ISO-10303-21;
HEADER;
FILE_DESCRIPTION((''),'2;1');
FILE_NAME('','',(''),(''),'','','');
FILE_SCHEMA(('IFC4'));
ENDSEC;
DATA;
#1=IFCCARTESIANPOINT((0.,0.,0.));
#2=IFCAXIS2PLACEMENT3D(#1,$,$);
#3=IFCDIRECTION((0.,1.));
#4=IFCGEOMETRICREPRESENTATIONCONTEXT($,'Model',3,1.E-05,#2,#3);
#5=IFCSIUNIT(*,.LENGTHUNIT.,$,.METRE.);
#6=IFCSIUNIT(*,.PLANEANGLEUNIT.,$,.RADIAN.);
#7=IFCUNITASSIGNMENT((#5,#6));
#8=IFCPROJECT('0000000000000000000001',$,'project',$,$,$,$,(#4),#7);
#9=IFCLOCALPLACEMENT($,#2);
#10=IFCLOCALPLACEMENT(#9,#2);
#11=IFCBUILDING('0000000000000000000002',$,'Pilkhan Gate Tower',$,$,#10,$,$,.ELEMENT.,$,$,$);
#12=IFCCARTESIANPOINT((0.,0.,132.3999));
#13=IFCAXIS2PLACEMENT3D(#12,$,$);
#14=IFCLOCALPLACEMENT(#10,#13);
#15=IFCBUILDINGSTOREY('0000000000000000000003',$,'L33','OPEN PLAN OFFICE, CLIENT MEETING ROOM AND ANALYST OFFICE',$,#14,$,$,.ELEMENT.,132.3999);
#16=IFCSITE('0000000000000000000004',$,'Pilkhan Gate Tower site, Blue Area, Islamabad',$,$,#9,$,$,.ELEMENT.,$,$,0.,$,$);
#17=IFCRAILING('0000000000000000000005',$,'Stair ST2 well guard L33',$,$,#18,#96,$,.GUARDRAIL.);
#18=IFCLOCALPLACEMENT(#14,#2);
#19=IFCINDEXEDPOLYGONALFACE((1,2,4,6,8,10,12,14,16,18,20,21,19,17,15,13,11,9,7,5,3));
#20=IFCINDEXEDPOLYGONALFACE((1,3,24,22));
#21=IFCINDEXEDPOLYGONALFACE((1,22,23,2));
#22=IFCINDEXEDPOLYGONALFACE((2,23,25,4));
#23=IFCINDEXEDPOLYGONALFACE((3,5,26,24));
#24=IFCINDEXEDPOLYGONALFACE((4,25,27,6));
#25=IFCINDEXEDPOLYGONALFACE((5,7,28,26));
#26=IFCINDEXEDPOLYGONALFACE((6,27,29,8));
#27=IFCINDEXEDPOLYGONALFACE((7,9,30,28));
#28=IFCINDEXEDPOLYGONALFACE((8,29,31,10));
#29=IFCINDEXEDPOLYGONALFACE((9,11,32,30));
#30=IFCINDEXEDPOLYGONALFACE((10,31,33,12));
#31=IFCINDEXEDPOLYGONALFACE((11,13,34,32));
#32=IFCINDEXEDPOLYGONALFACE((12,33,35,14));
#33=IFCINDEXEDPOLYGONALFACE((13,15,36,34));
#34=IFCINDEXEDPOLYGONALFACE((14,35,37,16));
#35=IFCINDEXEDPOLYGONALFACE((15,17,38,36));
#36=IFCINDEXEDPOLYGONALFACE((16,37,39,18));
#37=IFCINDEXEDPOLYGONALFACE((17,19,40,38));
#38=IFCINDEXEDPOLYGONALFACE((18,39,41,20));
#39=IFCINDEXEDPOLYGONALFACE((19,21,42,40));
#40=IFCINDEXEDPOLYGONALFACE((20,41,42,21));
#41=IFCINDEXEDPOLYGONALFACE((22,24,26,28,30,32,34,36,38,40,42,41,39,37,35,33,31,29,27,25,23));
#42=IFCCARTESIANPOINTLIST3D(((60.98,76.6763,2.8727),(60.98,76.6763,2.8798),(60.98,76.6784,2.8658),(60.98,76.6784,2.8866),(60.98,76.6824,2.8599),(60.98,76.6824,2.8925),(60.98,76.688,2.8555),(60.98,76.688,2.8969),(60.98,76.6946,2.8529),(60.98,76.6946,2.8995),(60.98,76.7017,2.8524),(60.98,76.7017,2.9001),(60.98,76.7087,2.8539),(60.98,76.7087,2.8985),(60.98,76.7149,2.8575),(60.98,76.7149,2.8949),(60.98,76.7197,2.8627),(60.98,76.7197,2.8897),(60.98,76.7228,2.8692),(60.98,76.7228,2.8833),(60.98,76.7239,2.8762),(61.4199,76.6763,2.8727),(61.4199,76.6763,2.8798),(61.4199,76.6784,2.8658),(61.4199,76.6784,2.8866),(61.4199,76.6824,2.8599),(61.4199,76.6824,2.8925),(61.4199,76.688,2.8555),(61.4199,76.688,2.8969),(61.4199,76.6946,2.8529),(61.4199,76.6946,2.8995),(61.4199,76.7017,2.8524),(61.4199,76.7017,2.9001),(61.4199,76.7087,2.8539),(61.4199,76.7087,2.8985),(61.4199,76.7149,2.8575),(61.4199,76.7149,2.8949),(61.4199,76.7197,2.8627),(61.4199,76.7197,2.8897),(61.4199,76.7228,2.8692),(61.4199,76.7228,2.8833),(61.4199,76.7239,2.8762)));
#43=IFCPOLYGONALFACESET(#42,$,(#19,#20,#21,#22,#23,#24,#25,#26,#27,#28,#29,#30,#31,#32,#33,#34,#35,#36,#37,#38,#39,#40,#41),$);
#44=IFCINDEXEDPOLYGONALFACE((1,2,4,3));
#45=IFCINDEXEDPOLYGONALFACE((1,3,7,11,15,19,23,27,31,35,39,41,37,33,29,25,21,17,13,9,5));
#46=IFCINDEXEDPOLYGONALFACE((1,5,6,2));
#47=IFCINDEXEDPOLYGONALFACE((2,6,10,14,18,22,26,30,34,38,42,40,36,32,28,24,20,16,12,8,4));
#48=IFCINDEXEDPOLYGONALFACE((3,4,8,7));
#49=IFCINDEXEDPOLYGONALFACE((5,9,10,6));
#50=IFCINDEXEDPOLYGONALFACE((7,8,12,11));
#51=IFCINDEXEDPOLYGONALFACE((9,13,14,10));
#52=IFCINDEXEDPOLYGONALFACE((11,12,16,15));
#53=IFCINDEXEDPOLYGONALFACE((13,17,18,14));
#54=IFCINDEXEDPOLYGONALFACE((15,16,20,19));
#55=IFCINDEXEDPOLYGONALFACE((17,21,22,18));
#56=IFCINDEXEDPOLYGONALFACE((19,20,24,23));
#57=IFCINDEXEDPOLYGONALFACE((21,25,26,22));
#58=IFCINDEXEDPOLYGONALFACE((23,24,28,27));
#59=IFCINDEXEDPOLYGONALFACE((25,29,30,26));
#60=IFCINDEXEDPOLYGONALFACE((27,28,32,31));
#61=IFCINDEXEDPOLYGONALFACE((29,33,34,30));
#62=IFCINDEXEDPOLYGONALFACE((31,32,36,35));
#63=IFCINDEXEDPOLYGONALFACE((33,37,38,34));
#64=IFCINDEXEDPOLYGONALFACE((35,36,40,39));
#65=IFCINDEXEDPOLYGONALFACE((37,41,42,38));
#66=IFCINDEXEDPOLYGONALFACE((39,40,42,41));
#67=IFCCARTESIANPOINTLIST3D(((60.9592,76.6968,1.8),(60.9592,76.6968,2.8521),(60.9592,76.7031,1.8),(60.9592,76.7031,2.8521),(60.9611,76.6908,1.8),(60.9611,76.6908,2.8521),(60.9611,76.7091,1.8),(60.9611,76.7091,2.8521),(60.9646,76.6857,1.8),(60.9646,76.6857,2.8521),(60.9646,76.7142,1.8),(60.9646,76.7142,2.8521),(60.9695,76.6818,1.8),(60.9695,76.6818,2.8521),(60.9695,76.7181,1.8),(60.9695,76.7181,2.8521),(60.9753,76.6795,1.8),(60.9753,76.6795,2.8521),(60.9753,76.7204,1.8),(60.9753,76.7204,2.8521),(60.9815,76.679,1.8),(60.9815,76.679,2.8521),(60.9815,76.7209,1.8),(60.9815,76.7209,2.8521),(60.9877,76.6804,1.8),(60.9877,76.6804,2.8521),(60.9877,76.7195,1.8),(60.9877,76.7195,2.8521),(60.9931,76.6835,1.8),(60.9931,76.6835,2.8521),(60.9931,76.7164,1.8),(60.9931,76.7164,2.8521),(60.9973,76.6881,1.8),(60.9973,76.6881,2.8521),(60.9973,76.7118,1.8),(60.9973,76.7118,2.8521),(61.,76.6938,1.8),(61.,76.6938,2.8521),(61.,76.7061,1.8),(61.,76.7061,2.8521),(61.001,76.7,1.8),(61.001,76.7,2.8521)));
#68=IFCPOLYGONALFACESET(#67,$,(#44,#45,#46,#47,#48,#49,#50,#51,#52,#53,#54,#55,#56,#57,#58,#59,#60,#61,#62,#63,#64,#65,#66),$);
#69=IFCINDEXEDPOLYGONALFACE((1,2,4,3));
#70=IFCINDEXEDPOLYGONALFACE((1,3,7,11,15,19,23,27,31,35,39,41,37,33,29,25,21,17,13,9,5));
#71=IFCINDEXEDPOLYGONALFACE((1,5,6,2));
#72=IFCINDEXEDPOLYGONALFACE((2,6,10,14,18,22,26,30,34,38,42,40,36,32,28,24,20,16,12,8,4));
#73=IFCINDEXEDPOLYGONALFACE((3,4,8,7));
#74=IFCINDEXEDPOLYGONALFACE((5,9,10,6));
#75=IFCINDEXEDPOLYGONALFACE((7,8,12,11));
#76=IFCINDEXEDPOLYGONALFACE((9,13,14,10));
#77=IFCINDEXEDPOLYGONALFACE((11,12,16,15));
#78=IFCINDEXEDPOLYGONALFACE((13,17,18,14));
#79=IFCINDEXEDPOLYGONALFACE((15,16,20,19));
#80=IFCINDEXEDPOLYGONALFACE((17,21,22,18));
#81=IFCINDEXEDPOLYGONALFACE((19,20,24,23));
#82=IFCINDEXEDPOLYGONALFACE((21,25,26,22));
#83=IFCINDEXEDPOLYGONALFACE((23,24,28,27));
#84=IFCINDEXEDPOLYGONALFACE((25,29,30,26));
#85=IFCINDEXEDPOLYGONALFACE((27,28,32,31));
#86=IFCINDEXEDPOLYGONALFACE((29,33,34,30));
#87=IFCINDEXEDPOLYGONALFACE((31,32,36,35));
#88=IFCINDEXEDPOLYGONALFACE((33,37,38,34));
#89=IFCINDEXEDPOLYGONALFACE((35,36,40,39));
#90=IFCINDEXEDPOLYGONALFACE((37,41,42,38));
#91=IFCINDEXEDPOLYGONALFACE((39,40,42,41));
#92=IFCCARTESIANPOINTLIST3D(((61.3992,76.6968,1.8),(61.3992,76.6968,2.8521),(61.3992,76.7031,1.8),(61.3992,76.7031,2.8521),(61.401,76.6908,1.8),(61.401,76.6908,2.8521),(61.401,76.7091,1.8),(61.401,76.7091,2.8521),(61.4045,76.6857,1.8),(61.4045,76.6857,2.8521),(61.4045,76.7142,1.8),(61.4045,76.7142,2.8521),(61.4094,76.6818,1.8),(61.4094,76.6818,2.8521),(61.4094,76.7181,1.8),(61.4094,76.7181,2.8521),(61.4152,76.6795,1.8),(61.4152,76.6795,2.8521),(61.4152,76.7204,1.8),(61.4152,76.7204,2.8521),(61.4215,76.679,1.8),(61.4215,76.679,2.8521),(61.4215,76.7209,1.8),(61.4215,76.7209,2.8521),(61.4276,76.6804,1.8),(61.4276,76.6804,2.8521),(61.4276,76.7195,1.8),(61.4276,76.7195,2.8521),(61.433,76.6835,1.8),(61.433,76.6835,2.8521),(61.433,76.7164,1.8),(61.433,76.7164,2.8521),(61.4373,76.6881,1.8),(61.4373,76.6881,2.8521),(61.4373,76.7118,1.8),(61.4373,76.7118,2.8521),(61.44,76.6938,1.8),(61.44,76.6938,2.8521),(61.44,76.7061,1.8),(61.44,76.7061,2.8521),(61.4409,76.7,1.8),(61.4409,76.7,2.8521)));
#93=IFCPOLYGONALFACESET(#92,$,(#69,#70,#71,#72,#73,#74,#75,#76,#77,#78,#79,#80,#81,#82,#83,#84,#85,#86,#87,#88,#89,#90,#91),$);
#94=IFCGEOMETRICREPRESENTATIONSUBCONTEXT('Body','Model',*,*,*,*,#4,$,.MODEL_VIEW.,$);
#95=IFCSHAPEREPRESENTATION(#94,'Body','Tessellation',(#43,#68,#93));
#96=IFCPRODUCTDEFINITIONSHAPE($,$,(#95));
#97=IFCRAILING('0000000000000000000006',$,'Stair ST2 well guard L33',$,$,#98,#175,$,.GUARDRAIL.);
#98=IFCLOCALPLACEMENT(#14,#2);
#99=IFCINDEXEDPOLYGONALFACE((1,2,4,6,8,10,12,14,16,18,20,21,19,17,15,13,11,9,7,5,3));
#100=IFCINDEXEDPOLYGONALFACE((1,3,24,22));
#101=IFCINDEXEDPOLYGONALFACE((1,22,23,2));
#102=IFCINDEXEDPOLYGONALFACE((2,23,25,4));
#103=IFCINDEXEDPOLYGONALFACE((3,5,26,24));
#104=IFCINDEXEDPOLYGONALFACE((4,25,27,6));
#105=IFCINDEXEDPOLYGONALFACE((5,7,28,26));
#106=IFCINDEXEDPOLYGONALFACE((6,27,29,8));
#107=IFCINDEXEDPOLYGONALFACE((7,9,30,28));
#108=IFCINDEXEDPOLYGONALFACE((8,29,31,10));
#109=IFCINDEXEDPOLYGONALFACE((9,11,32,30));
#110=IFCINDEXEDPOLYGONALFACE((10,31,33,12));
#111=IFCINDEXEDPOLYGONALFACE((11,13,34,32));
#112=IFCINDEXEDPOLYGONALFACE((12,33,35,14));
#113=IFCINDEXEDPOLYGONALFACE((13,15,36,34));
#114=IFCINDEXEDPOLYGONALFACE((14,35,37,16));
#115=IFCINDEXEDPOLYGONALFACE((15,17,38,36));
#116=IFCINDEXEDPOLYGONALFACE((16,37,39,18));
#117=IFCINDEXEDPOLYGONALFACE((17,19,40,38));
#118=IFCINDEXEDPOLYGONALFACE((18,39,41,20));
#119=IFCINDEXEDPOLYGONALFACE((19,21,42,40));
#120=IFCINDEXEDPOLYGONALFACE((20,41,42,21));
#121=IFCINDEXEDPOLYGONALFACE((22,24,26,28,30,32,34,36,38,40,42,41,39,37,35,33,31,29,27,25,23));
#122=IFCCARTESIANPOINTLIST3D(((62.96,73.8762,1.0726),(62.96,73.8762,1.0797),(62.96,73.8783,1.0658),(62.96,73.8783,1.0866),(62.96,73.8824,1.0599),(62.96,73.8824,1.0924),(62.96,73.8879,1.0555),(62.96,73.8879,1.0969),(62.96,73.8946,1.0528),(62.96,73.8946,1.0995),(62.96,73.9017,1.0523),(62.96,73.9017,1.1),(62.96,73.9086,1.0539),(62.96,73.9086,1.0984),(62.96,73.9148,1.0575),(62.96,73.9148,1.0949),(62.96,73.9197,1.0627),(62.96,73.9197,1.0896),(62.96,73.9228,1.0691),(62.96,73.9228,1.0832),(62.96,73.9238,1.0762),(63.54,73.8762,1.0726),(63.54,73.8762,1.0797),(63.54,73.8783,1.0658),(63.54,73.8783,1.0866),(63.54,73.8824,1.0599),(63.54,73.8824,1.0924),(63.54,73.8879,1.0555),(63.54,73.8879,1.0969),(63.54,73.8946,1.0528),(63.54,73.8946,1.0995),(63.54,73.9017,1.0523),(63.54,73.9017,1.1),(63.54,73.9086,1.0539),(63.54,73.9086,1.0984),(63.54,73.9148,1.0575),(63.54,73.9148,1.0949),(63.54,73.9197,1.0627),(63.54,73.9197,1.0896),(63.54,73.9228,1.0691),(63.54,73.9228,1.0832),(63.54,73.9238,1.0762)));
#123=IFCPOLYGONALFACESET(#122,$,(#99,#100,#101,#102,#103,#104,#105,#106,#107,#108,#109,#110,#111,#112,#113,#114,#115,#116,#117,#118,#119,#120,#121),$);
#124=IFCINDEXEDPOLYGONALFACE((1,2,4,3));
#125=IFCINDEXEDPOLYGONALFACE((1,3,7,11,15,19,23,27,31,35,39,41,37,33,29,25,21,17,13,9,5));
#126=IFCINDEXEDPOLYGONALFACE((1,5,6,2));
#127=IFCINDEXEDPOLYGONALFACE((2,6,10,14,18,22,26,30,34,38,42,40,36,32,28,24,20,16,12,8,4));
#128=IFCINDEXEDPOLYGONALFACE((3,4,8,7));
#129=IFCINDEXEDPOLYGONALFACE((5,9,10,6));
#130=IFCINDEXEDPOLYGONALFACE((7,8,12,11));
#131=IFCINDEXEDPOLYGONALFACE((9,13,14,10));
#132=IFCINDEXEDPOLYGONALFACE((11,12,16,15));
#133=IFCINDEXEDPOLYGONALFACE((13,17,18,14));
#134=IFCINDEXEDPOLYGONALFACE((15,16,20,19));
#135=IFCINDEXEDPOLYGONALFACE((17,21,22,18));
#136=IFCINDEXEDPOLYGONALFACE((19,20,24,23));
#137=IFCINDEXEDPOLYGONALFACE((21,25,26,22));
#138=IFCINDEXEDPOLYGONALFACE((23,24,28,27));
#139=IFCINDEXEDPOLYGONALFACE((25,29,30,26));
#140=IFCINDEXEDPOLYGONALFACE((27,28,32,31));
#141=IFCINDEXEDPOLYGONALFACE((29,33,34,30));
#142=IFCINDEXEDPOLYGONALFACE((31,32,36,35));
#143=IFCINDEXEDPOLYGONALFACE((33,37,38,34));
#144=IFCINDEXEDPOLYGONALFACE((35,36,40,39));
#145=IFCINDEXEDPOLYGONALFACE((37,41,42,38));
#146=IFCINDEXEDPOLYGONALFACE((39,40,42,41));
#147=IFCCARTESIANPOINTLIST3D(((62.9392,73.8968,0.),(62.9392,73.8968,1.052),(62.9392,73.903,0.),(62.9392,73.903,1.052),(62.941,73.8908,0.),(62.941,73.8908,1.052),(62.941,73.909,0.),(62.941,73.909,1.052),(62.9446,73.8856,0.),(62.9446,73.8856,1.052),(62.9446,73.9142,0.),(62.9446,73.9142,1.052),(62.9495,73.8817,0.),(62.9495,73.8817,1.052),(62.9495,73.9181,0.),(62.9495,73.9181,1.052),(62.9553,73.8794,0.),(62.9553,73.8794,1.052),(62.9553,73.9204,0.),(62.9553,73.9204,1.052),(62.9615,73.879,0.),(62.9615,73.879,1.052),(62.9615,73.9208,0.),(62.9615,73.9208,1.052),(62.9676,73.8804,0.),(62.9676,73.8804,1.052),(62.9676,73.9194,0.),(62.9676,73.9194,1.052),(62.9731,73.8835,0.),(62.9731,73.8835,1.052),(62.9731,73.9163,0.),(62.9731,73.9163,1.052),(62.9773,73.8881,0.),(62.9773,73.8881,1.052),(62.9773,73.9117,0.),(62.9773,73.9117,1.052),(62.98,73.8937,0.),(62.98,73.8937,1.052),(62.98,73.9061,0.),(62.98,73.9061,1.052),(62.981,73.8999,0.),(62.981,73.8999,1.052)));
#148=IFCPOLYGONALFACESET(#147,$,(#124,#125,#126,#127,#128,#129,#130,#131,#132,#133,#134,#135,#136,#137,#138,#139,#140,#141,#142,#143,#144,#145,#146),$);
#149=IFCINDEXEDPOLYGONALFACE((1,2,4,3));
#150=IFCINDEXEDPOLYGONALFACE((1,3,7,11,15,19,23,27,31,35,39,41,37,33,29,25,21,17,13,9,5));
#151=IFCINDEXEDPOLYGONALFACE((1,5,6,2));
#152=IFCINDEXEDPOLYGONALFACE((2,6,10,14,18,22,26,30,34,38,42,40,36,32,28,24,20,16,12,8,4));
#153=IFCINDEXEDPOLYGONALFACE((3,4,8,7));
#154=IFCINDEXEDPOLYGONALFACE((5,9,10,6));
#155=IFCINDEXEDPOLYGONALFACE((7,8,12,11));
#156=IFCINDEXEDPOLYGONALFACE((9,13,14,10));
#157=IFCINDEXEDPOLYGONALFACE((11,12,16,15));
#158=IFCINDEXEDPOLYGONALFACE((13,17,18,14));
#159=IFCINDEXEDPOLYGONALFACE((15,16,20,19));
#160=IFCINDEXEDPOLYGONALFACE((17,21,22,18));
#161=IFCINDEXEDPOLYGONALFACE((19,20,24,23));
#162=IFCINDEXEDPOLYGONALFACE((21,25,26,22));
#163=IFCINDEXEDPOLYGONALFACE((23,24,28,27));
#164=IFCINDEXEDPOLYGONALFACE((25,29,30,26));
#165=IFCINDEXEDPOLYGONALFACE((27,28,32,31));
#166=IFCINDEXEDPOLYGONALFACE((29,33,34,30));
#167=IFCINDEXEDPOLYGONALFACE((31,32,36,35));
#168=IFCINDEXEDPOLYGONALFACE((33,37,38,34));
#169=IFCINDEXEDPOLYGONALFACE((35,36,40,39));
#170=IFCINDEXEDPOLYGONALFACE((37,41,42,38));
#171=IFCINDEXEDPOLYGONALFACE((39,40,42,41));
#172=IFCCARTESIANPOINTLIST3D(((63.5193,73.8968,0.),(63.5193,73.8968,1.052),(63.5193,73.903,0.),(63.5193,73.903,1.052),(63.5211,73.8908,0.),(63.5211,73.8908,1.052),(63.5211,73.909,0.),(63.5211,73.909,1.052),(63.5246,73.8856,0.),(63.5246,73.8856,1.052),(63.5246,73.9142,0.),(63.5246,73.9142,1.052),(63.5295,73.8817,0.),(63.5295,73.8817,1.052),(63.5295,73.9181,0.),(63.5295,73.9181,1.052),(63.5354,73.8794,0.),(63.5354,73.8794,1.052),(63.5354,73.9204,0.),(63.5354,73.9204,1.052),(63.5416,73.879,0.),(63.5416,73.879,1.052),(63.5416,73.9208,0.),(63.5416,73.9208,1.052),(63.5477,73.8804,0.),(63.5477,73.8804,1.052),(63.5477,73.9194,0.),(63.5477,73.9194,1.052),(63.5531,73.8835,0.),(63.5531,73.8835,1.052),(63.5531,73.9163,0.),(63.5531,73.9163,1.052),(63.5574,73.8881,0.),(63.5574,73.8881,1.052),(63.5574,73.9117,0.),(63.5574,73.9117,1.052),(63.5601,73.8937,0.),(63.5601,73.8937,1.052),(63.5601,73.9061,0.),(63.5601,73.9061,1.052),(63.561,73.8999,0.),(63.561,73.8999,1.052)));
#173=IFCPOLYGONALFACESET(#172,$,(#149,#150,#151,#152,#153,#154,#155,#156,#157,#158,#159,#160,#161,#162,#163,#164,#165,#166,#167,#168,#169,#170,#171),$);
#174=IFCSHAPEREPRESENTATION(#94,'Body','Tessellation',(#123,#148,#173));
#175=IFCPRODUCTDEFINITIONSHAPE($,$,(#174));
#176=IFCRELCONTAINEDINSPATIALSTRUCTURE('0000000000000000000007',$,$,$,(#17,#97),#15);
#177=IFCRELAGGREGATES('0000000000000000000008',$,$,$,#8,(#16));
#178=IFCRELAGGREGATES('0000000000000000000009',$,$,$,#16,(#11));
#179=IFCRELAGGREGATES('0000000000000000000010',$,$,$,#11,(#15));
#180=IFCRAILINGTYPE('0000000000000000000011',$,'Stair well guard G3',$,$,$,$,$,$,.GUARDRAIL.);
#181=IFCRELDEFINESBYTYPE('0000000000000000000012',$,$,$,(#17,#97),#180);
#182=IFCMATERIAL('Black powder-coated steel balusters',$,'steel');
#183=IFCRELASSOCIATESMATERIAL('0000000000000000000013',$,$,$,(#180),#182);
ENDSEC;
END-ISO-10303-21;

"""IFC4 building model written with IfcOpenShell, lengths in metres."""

from ifc_helpers import new_model, si_unit, direction, frame, origin, origin_2d, place, context, subcontext, project, spatial, circle, extrude, material, type_object, element, save


model = new_model("IFC4")

# Units and contexts
model_context = context("Model", 3, precision=1e-05, world=origin(), true_north=direction((0.0, 1.0)))
body_context = subcontext(model_context, "Body", "Model", "MODEL_VIEW")
ifc_project = project(units=[si_unit("LENGTHUNIT", "METRE"), si_unit("PLANEANGLEUNIT", "RADIAN")], contexts=[model_context])

# Site, building, storey
site_placement = place(None, origin())
site = spatial("IfcSite", under=ifc_project, at=site_placement, Name="Pilkhan Gate Tower site, Blue Area, Islamabad", CompositionType="ELEMENT", RefElevation=0.0)
building_placement = place(site_placement, origin())
building = spatial("IfcBuilding", under=site, at=building_placement, Name="Pilkhan Gate Tower", CompositionType="ELEMENT")
storey_placement = place(building_placement, frame((0.0, 0.0, 132.3999)))
storey = spatial("IfcBuildingStorey", under=building, at=storey_placement, Name="L33", Description="OPEN PLAN OFFICE, CLIENT MEETING ROOM AND ANALYST OFFICE", CompositionType="ELEMENT", Elevation=132.3999)

# Railings
ifc_material_1 = material(Name="Black powder-coated steel balusters", Category="steel")
railing_type_1 = type_object("IfcRailingType", Name="Stair well guard G3", PredefinedType="GUARDRAIL", material=ifc_material_1)
railing_1_placement = place(storey_placement, frame((60.98, 76.7, 1.8)))
element("IfcRailing", 1, at=railing_1_placement, inside=storey, type_object=railing_type_1, Name="Stair ST2 well guard L33", PredefinedType="GUARDRAIL", context=body_context, shape_type="SweptSolid", body=[
    extrude(circle(Radius=0.0239, at=origin_2d()), frame((0.0, 0.0, 1.0762), z_axis=(1.0, 0.0, 0.0), x_axis=(0.0, 1.0, 0.0)), (0.0, 0.0, 1.0), 0.4399),
    extrude(circle(Radius=0.021, at=origin_2d()), origin(), (0.0, 0.0, 1.0), 1.052),
    extrude(circle(Radius=0.021, at=origin_2d()), frame((0.4399, 0.0, 0.0)), (0.0, 0.0, 1.0), 1.052),
])
for number, where, name in (
    (2, (62.96, 73.8999, 0.0), "Stair ST2 well guard L33"),
):
    element("IfcRailing", number, at=place(storey_placement, frame(where)), inside=storey, type_object=railing_type_1, Name=name, PredefinedType="GUARDRAIL", context=body_context, shape_type="SweptSolid", body=[
        extrude(circle(Radius=0.0239, at=origin_2d()), frame((0.0, 0.0, 1.0762), z_axis=(1.0, 0.0, 0.0), x_axis=(0.0, 1.0, 0.0)), (0.0, 0.0, 1.0), 0.5801),
        extrude(circle(Radius=0.021, at=origin_2d()), origin(), (0.0, 0.0, 1.0), 1.052),
        extrude(circle(Radius=0.021, at=origin_2d()), frame((0.5801, 0.0, 0.0)), (0.0, 0.0, 1.0), 1.052),
    ])

save(model, "model.ifc")
